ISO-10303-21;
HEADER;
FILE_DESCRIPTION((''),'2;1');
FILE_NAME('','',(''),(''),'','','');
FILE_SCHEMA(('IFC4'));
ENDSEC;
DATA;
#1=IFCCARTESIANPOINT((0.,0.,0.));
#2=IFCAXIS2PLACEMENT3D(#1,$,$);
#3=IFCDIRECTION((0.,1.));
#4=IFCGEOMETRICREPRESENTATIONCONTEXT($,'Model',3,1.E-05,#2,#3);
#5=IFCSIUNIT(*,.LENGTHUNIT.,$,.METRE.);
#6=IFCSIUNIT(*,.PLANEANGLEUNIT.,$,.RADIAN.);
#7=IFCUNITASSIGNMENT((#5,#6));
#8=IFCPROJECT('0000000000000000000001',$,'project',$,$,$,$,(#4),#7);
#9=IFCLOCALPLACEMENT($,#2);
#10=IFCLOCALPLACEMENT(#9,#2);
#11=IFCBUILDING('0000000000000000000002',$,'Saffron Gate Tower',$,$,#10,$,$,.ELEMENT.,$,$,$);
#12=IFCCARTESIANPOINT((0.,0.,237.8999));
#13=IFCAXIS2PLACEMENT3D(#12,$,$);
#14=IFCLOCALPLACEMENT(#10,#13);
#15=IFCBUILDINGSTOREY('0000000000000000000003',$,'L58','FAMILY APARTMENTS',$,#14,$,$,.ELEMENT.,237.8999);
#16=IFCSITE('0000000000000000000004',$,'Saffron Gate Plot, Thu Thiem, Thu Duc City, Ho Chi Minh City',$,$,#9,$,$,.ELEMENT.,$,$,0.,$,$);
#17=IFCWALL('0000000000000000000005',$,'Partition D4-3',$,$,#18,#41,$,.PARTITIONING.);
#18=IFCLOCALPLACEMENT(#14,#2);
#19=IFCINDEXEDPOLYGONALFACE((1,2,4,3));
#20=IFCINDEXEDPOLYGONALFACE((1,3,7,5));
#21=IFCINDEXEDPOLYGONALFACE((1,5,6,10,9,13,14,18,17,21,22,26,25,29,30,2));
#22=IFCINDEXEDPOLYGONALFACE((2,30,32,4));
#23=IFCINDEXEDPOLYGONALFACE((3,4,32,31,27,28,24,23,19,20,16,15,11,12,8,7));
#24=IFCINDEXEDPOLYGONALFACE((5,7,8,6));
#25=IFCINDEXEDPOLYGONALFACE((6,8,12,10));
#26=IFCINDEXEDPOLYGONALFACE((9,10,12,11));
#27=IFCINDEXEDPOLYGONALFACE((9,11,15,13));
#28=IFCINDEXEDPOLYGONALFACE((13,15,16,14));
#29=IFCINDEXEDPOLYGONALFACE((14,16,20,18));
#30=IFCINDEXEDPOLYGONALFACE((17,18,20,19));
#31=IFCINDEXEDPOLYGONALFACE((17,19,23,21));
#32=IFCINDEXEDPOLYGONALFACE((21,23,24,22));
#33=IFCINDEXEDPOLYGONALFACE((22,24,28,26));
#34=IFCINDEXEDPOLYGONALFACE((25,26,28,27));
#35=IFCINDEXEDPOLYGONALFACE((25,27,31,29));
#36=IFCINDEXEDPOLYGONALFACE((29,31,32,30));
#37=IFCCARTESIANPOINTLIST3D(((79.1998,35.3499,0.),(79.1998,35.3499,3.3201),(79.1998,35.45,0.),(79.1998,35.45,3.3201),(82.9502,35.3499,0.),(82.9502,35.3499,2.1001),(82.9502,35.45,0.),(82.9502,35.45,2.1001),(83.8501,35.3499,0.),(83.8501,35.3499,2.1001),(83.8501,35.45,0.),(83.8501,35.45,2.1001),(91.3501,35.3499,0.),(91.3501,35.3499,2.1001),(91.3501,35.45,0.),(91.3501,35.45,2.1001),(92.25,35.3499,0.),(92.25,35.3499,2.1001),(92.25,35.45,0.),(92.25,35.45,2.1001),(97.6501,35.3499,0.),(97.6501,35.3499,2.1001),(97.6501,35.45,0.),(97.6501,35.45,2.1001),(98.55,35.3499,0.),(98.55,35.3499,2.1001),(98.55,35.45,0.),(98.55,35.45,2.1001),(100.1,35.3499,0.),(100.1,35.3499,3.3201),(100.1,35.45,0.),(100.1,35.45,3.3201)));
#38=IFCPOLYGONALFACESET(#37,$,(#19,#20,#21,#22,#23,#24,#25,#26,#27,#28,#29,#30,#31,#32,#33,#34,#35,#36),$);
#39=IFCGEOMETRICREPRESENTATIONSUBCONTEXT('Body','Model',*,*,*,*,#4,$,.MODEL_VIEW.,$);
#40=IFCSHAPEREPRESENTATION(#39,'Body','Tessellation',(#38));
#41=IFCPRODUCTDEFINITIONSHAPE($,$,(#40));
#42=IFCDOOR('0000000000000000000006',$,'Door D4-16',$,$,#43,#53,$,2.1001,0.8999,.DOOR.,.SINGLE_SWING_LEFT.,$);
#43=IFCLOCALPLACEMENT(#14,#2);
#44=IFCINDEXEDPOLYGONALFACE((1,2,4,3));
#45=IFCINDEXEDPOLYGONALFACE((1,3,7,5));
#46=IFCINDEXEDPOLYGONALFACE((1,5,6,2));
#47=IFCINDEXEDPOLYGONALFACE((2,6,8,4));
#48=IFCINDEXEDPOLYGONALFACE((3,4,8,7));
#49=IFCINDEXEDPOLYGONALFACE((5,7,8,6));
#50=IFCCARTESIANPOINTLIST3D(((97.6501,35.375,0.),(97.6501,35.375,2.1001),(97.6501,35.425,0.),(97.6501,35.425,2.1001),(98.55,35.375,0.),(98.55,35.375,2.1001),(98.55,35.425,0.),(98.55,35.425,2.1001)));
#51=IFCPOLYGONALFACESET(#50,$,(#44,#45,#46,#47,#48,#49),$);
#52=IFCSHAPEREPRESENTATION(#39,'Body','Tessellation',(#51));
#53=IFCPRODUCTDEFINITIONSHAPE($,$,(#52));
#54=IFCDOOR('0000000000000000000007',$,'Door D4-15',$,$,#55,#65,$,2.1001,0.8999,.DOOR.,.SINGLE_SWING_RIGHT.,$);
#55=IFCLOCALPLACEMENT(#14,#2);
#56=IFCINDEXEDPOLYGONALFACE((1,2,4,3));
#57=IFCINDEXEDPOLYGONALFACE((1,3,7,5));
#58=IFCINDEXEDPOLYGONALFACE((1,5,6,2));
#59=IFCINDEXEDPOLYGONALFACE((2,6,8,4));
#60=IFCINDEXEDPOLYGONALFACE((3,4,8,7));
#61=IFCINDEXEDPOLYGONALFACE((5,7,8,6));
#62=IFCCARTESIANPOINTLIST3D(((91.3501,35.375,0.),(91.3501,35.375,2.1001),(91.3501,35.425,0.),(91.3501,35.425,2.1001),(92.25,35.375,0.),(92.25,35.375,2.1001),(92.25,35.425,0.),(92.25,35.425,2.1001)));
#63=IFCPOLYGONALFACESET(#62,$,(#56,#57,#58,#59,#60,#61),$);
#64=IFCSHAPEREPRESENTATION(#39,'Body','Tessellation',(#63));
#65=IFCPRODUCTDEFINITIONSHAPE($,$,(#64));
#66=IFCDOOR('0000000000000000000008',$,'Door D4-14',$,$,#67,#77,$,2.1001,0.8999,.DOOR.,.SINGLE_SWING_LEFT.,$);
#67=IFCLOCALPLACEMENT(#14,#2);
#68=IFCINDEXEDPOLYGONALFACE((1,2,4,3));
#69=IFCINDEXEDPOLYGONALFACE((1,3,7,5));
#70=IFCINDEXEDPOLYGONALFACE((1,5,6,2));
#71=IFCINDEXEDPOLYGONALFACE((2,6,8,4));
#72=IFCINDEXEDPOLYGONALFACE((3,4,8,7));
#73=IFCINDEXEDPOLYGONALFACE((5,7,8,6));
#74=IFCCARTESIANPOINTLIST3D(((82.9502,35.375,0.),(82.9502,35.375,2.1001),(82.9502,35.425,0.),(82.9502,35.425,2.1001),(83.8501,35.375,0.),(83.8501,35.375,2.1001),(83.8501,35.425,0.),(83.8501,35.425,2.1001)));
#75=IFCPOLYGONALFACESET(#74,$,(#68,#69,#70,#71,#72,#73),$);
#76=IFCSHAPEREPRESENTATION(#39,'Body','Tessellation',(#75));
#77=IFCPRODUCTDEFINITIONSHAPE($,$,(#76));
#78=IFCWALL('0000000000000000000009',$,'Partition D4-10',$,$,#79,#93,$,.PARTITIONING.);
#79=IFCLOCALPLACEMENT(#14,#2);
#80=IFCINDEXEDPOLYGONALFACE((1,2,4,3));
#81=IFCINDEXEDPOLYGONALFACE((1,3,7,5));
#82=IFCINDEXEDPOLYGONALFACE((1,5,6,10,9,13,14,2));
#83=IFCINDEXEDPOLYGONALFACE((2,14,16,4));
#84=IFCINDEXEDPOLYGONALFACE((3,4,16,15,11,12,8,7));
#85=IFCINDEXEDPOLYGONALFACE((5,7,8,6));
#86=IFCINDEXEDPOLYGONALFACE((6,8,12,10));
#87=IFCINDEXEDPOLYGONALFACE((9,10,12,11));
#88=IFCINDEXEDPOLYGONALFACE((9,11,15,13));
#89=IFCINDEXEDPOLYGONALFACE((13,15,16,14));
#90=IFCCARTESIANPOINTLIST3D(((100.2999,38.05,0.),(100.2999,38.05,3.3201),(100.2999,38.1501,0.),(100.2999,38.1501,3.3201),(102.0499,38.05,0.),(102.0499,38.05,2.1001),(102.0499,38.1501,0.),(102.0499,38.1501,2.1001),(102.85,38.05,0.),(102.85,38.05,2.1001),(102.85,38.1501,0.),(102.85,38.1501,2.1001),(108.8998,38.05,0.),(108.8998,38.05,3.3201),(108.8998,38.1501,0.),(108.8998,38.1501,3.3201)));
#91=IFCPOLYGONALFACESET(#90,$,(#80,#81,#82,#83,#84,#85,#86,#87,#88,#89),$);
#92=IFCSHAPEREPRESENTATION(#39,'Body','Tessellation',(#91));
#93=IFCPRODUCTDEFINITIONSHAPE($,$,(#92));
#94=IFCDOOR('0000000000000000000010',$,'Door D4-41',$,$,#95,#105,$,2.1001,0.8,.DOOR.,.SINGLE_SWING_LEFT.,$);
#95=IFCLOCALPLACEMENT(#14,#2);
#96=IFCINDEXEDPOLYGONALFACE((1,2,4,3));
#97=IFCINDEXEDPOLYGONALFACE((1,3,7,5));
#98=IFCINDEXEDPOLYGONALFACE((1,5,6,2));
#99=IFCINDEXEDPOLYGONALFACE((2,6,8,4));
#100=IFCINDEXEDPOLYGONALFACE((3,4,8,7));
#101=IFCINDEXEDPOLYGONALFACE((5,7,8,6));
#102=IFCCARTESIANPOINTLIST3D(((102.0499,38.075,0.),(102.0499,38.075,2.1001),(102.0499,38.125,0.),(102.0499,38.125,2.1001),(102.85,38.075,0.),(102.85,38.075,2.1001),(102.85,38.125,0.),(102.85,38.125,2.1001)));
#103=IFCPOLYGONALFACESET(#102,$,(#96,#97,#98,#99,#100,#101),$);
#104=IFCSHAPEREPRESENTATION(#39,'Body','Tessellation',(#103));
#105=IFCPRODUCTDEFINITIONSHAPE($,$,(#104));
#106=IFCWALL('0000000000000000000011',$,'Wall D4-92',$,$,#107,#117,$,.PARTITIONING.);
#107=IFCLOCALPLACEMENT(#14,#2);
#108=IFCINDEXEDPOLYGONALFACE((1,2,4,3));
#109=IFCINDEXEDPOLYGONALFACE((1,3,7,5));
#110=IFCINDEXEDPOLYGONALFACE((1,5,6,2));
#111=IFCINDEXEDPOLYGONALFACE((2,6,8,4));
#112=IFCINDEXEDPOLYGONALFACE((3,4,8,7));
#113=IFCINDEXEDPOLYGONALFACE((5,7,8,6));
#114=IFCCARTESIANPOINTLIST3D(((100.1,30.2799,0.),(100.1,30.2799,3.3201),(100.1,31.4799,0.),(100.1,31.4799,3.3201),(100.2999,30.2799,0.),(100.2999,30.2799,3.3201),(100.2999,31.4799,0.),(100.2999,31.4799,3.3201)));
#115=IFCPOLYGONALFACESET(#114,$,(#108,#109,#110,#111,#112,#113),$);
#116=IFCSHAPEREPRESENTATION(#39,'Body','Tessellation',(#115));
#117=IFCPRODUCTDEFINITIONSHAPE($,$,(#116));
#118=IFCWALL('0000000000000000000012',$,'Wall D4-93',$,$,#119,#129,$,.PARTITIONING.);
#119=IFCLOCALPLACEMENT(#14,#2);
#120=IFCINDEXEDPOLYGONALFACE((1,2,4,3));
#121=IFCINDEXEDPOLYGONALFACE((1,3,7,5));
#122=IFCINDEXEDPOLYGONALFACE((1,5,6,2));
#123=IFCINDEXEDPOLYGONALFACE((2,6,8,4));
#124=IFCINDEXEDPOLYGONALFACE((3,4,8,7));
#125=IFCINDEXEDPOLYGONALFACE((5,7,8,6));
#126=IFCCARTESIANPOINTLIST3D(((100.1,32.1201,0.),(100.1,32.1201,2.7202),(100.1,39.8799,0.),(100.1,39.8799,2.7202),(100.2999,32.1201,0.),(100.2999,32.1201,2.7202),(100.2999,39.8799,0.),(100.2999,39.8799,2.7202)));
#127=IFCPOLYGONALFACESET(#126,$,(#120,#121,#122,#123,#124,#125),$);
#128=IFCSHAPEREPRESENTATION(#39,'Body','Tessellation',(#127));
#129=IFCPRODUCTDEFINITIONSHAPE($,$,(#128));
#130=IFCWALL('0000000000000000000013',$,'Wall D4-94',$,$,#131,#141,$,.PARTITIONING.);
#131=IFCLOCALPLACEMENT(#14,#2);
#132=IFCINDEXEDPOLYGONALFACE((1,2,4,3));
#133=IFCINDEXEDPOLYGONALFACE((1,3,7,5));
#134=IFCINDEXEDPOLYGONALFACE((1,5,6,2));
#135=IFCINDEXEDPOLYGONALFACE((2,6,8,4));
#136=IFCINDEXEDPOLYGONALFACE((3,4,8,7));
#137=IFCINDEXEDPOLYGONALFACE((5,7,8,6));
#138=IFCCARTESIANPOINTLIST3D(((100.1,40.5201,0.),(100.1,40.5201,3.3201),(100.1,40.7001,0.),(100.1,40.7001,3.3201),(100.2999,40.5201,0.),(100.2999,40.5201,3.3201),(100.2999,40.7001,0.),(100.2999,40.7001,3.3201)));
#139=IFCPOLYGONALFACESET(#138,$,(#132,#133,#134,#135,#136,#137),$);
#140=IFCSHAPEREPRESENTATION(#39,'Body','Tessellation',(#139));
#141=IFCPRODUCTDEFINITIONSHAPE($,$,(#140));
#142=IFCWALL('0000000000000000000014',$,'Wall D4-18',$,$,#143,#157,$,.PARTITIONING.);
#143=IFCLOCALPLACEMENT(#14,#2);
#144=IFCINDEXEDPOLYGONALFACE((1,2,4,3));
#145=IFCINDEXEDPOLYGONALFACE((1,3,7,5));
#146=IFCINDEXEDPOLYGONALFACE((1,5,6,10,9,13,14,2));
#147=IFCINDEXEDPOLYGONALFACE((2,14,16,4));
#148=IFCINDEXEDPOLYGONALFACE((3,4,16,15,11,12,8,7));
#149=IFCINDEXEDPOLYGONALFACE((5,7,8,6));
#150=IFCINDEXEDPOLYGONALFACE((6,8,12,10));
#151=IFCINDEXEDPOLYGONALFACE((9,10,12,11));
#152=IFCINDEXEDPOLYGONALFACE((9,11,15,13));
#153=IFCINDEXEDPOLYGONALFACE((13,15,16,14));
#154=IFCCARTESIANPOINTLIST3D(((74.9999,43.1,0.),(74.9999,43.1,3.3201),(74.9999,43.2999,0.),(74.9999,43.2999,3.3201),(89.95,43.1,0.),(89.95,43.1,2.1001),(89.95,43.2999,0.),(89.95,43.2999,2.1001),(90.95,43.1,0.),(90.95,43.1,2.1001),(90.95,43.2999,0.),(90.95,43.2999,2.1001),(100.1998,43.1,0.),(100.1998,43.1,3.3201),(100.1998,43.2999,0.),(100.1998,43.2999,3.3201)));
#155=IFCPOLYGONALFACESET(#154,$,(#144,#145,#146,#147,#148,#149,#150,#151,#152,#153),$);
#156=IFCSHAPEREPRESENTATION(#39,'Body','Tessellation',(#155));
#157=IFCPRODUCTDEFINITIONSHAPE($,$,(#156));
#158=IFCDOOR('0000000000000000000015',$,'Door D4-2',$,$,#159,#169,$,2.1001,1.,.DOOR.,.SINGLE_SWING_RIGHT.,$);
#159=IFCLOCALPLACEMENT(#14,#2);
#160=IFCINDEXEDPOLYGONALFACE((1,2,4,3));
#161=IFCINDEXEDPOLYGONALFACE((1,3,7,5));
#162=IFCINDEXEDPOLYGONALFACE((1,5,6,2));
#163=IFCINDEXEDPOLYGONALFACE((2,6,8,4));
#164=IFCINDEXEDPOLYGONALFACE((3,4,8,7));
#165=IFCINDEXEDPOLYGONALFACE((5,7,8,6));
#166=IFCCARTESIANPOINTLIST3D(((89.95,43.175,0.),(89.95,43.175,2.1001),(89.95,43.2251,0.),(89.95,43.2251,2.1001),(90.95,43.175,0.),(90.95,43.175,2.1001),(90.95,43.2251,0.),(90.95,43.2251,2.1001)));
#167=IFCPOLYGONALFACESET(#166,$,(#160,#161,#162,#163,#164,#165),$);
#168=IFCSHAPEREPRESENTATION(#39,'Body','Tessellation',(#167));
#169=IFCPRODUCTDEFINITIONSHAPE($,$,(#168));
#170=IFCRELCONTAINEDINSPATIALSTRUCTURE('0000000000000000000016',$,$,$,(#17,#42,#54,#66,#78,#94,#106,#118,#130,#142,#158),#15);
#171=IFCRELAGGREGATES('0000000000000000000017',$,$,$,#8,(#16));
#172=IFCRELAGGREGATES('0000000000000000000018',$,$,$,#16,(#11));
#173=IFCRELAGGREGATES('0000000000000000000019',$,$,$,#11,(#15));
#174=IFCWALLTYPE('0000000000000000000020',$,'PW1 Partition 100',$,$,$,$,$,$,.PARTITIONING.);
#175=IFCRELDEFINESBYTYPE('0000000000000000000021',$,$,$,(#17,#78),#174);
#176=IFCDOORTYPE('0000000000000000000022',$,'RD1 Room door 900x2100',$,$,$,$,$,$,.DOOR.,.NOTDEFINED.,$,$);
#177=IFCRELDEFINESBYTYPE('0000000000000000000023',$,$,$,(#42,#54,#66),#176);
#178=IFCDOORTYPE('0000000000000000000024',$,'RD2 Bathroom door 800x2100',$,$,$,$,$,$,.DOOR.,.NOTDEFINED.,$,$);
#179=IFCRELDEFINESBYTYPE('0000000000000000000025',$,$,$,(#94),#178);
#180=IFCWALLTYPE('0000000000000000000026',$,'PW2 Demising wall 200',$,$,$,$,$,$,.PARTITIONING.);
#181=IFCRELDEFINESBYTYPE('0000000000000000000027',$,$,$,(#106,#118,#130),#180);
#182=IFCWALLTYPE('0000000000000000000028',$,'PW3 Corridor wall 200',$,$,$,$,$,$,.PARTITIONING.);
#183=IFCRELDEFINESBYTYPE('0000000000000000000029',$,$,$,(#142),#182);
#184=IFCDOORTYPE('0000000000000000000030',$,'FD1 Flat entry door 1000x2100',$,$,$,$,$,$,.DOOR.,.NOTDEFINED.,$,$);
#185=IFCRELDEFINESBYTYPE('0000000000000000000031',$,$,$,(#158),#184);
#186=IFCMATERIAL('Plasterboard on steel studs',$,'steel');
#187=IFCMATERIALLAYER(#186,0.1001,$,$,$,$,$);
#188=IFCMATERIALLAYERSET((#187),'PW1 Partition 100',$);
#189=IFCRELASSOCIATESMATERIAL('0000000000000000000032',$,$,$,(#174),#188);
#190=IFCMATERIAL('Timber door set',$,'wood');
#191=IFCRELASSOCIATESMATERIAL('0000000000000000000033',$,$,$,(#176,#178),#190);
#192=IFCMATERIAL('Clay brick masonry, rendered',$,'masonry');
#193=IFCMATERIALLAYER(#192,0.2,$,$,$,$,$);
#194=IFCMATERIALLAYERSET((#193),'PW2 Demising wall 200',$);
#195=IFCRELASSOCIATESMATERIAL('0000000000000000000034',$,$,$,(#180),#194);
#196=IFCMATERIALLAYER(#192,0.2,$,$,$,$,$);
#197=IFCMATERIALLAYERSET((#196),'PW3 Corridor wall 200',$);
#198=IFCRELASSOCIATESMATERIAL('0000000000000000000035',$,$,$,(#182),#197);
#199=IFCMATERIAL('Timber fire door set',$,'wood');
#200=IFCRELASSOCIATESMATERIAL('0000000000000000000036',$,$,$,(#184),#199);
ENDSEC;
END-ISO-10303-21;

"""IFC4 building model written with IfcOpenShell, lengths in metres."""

from ifc_helpers import new_model, si_unit, direction, frame, frame_2d, origin, place, context, subcontext, project, spatial, rectangle, extrude, material, layer, layer_set, type_object, element, fill, save


model = new_model("IFC4")

# Units and contexts
model_context = context("Model", 3, precision=1e-05, world=origin(), true_north=direction((0.0, 1.0)))
body_context = subcontext(model_context, "Body", "Model", "MODEL_VIEW")
ifc_project = project(units=[si_unit("LENGTHUNIT", "METRE"), si_unit("PLANEANGLEUNIT", "RADIAN")], contexts=[model_context])

# Site, building, storey
site_placement = place(None, origin())
site = spatial("IfcSite", under=ifc_project, at=site_placement, Name="Saffron Gate Plot, Thu Thiem, Thu Duc City, Ho Chi Minh City", CompositionType="ELEMENT", RefElevation=0.0)
building_placement = place(site_placement, origin())
building = spatial("IfcBuilding", under=site, at=building_placement, Name="Saffron Gate Tower", CompositionType="ELEMENT")
storey_placement = place(building_placement, frame((0.0, 0.0, 237.8999)))
storey = spatial("IfcBuildingStorey", under=building, at=storey_placement, Name="L58", Description="FAMILY APARTMENTS", CompositionType="ELEMENT", Elevation=237.8999)

# Wall, openings, doors
ifc_material_1 = material(Name="Plasterboard on steel studs", Category="steel")
ifc_layer_1 = layer(ifc_material_1, 0.1001)
ifc_layer_set_1 = layer_set([ifc_layer_1], Name="PW1 Partition 100")
wall_type_1 = type_object("IfcWallType", Name="PW1 Partition 100", PredefinedType="PARTITIONING", material=ifc_layer_set_1)
wall_1_placement = place(storey_placement, frame((100.1001, 35.3999, 0.0), z_axis=(0.0, 0.0, 1.0), x_axis=(-1.0, 0.0, 0.0)))
wall_1 = element("IfcWall", 1, at=wall_1_placement, inside=storey, type_object=wall_type_1, Name="Partition D4-3", PredefinedType="PARTITIONING", context=body_context, shape_type="SweptSolid", body=[
    extrude(rectangle(XDim=20.9001, YDim=0.1001, at=frame_2d((10.4502, 0.0))), origin(), (0.0, 0.0, 1.0), 3.3201),
])
opening_1_placement = place(wall_1_placement, frame((1.55, 0.0, 0.0)))
opening_1 = element("IfcOpeningElement", 2, at=opening_1_placement, cuts=wall_1, PredefinedType="OPENING", context=body_context, shape_type="SweptSolid", body=[
    extrude(rectangle(XDim=0.8999, YDim=2.1001, at=frame_2d((0.45, 1.05))), frame((0.0, 0.0601, 0.0), z_axis=(0.0, -1.0, 0.0), x_axis=(1.0, 0.0, 0.0)), (0.0, 0.0, 1.0), 0.1201),
])
opening_2_placement = place(wall_1_placement, frame((7.8501, 0.0, 0.0)))
opening_2 = element("IfcOpeningElement", 3, at=opening_2_placement, cuts=wall_1, PredefinedType="OPENING", context=body_context, shape_type="SweptSolid", body=[
    extrude(rectangle(XDim=0.8999, YDim=2.1001, at=frame_2d((0.45, 1.05))), frame((0.0, 0.0601, 0.0), z_axis=(0.0, -1.0, 0.0), x_axis=(1.0, 0.0, 0.0)), (0.0, 0.0, 1.0), 0.1201),
])
opening_3_placement = place(wall_1_placement, frame((16.25, 0.0, 0.0)))
opening_3 = element("IfcOpeningElement", 4, at=opening_3_placement, cuts=wall_1, PredefinedType="OPENING", context=body_context, shape_type="SweptSolid", body=[
    extrude(rectangle(XDim=0.8999, YDim=2.1001, at=frame_2d((0.45, 1.05))), frame((0.0, 0.0601, 0.0), z_axis=(0.0, -1.0, 0.0), x_axis=(1.0, 0.0, 0.0)), (0.0, 0.0, 1.0), 0.1201),
])
ifc_material_2 = material(Name="Timber door set", Category="wood")
door_type_1 = type_object("IfcDoorType", Name="RD1 Room door 900x2100", OperationType="NOTDEFINED", PredefinedType="DOOR", material=ifc_material_2)
door_1_placement = place(opening_1_placement, origin())
door_1 = element("IfcDoor", 5, at=door_1_placement, inside=storey, type_object=door_type_1, Name="Door D4-16", OperationType="SINGLE_SWING_LEFT", OverallHeight=2.1001, OverallWidth=0.8999, PredefinedType="DOOR", context=body_context, shape_type="SweptSolid", body=[
    extrude(rectangle(XDim=0.8999, YDim=2.1001, at=frame_2d((0.45, 1.05))), frame((0.0, 0.0249, 0.0), z_axis=(0.0, -1.0, 0.0), x_axis=(1.0, 0.0, 0.0)), (0.0, 0.0, 1.0), 0.05),
])
fill(opening_1, door_1)
door_2_placement = place(opening_2_placement, origin())
door_2 = element("IfcDoor", 6, at=door_2_placement, inside=storey, type_object=door_type_1, Name="Door D4-15", OperationType="SINGLE_SWING_RIGHT", OverallHeight=2.1001, OverallWidth=0.8999, PredefinedType="DOOR", context=body_context, shape_type="SweptSolid", body=[
    extrude(rectangle(XDim=0.8999, YDim=2.1001, at=frame_2d((0.45, 1.05))), frame((0.0, 0.0249, 0.0), z_axis=(0.0, -1.0, 0.0), x_axis=(1.0, 0.0, 0.0)), (0.0, 0.0, 1.0), 0.05),
])
fill(opening_2, door_2)
door_3_placement = place(opening_3_placement, origin())
door_3 = element("IfcDoor", 7, at=door_3_placement, inside=storey, type_object=door_type_1, Name="Door D4-14", OperationType="SINGLE_SWING_LEFT", OverallHeight=2.1001, OverallWidth=0.8999, PredefinedType="DOOR", context=body_context, shape_type="SweptSolid", body=[
    extrude(rectangle(XDim=0.8999, YDim=2.1001, at=frame_2d((0.45, 1.05))), frame((0.0, 0.0249, 0.0), z_axis=(0.0, -1.0, 0.0), x_axis=(1.0, 0.0, 0.0)), (0.0, 0.0, 1.0), 0.05),
])
fill(opening_3, door_3)

# Wall, opening, door
wall_2_placement = place(storey_placement, frame((100.3, 38.1001, 0.0), z_axis=(0.0, 0.0, 1.0), x_axis=(1.0, 0.0, 0.0)))
wall_2 = element("IfcWall", 8, at=wall_2_placement, inside=storey, type_object=wall_type_1, Name="Partition D4-10", PredefinedType="PARTITIONING", context=body_context, shape_type="SweptSolid", body=[
    extrude(rectangle(XDim=8.5999, YDim=0.1001, at=frame_2d((4.2998, 0.0))), origin(), (0.0, 0.0, 1.0), 3.3201),
])
opening_4_placement = place(wall_2_placement, frame((1.75, 0.0, 0.0)))
opening_4 = element("IfcOpeningElement", 9, at=opening_4_placement, cuts=wall_2, PredefinedType="OPENING", context=body_context, shape_type="SweptSolid", body=[
    extrude(rectangle(XDim=0.8, YDim=2.1001, at=frame_2d((0.3999, 1.05))), frame((0.0, 0.0601, 0.0), z_axis=(0.0, -1.0, 0.0), x_axis=(1.0, 0.0, 0.0)), (0.0, 0.0, 1.0), 0.1201),
])
door_type_2 = type_object("IfcDoorType", Name="RD2 Bathroom door 800x2100", OperationType="NOTDEFINED", PredefinedType="DOOR", material=ifc_material_2)
door_4_placement = place(opening_4_placement, origin())
door_4 = element("IfcDoor", 10, at=door_4_placement, inside=storey, type_object=door_type_2, Name="Door D4-41", OperationType="SINGLE_SWING_LEFT", OverallHeight=2.1001, OverallWidth=0.8, PredefinedType="DOOR", context=body_context, shape_type="SweptSolid", body=[
    extrude(rectangle(XDim=0.8, YDim=2.1001, at=frame_2d((0.3999, 1.05))), frame((0.0, 0.0249, 0.0), z_axis=(0.0, -1.0, 0.0), x_axis=(1.0, 0.0, 0.0)), (0.0, 0.0, 1.0), 0.05),
])
fill(opening_4, door_4)

# Walls
ifc_material_3 = material(Name="Clay brick masonry, rendered", Category="masonry")
ifc_layer_2 = layer(ifc_material_3, 0.2)
ifc_layer_set_2 = layer_set([ifc_layer_2], Name="PW2 Demising wall 200")
wall_type_2 = type_object("IfcWallType", Name="PW2 Demising wall 200", PredefinedType="PARTITIONING", material=ifc_layer_set_2)
wall_3_placement = place(storey_placement, frame((100.2, 31.48, 0.0), z_axis=(0.0, 0.0, 1.0), x_axis=(0.0, -1.0, 0.0)))
element("IfcWall", 11, at=wall_3_placement, inside=storey, type_object=wall_type_2, Name="Wall D4-92", PredefinedType="PARTITIONING", context=body_context, shape_type="SweptSolid", body=[
    extrude(rectangle(XDim=1.2, YDim=0.2, at=frame_2d((0.6001, 0.0))), origin(), (0.0, 0.0, 1.0), 3.3201),
])
wall_4_placement = place(storey_placement, frame((100.2, 39.8799, 0.0), z_axis=(0.0, 0.0, 1.0), x_axis=(0.0, -1.0, 0.0)))
element("IfcWall", 12, at=wall_4_placement, inside=storey, type_object=wall_type_2, Name="Wall D4-93", PredefinedType="PARTITIONING", context=body_context, shape_type="SweptSolid", body=[
    extrude(rectangle(XDim=7.7598, YDim=0.2, at=frame_2d((3.8799, 0.0))), origin(), (0.0, 0.0, 1.0), 2.7202),
])
wall_5_placement = place(storey_placement, frame((100.2, 40.7, 0.0), z_axis=(0.0, 0.0, 1.0), x_axis=(0.0, -1.0, 0.0)))
element("IfcWall", 13, at=wall_5_placement, inside=storey, type_object=wall_type_2, Name="Wall D4-94", PredefinedType="PARTITIONING", context=body_context, shape_type="SweptSolid", body=[
    extrude(rectangle(XDim=0.1799, YDim=0.2, at=frame_2d((0.0898, 0.0))), origin(), (0.0, 0.0, 1.0), 3.3201),
])

# Wall, opening, door
ifc_layer_3 = layer(ifc_material_3, 0.2)
ifc_layer_set_3 = layer_set([ifc_layer_3], Name="PW3 Corridor wall 200")
wall_type_3 = type_object("IfcWallType", Name="PW3 Corridor wall 200", PredefinedType="PARTITIONING", material=ifc_layer_set_3)
wall_6_placement = place(storey_placement, frame((100.2, 43.2, 0.0), z_axis=(0.0, 0.0, 1.0), x_axis=(-1.0, 0.0, 0.0)))
wall_6 = element("IfcWall", 14, at=wall_6_placement, inside=storey, type_object=wall_type_3, Name="Wall D4-18", PredefinedType="PARTITIONING", context=body_context, shape_type="SweptSolid", body=[
    extrude(rectangle(XDim=25.2, YDim=0.2, at=frame_2d((12.6001, 0.0))), origin(), (0.0, 0.0, 1.0), 3.3201),
])
opening_5_placement = place(wall_6_placement, frame((9.25, 0.0, 0.0)))
opening_5 = element("IfcOpeningElement", 15, at=opening_5_placement, cuts=wall_6, PredefinedType="OPENING", context=body_context, shape_type="SweptSolid", body=[
    extrude(rectangle(XDim=1.0, YDim=2.1001, at=frame_2d((0.5, 1.05))), frame((0.0, 0.1099, 0.0), z_axis=(0.0, -1.0, 0.0), x_axis=(1.0, 0.0, 0.0)), (0.0, 0.0, 1.0), 0.22),
])
ifc_material_4 = material(Name="Timber fire door set", Category="wood")
door_type_3 = type_object("IfcDoorType", Name="FD1 Flat entry door 1000x2100", OperationType="NOTDEFINED", PredefinedType="DOOR", material=ifc_material_4)
door_5_placement = place(opening_5_placement, origin())
door_5 = element("IfcDoor", 16, at=door_5_placement, inside=storey, type_object=door_type_3, Name="Door D4-2", OperationType="SINGLE_SWING_RIGHT", OverallHeight=2.1001, OverallWidth=1.0, PredefinedType="DOOR", context=body_context, shape_type="SweptSolid", body=[
    extrude(rectangle(XDim=1.0, YDim=2.1001, at=frame_2d((0.5, 1.05))), frame((0.0, 0.0249, 0.0), z_axis=(0.0, -1.0, 0.0), x_axis=(1.0, 0.0, 0.0)), (0.0, 0.0, 1.0), 0.05),
])
fill(opening_5, door_5)

save(model, "model.ifc")
